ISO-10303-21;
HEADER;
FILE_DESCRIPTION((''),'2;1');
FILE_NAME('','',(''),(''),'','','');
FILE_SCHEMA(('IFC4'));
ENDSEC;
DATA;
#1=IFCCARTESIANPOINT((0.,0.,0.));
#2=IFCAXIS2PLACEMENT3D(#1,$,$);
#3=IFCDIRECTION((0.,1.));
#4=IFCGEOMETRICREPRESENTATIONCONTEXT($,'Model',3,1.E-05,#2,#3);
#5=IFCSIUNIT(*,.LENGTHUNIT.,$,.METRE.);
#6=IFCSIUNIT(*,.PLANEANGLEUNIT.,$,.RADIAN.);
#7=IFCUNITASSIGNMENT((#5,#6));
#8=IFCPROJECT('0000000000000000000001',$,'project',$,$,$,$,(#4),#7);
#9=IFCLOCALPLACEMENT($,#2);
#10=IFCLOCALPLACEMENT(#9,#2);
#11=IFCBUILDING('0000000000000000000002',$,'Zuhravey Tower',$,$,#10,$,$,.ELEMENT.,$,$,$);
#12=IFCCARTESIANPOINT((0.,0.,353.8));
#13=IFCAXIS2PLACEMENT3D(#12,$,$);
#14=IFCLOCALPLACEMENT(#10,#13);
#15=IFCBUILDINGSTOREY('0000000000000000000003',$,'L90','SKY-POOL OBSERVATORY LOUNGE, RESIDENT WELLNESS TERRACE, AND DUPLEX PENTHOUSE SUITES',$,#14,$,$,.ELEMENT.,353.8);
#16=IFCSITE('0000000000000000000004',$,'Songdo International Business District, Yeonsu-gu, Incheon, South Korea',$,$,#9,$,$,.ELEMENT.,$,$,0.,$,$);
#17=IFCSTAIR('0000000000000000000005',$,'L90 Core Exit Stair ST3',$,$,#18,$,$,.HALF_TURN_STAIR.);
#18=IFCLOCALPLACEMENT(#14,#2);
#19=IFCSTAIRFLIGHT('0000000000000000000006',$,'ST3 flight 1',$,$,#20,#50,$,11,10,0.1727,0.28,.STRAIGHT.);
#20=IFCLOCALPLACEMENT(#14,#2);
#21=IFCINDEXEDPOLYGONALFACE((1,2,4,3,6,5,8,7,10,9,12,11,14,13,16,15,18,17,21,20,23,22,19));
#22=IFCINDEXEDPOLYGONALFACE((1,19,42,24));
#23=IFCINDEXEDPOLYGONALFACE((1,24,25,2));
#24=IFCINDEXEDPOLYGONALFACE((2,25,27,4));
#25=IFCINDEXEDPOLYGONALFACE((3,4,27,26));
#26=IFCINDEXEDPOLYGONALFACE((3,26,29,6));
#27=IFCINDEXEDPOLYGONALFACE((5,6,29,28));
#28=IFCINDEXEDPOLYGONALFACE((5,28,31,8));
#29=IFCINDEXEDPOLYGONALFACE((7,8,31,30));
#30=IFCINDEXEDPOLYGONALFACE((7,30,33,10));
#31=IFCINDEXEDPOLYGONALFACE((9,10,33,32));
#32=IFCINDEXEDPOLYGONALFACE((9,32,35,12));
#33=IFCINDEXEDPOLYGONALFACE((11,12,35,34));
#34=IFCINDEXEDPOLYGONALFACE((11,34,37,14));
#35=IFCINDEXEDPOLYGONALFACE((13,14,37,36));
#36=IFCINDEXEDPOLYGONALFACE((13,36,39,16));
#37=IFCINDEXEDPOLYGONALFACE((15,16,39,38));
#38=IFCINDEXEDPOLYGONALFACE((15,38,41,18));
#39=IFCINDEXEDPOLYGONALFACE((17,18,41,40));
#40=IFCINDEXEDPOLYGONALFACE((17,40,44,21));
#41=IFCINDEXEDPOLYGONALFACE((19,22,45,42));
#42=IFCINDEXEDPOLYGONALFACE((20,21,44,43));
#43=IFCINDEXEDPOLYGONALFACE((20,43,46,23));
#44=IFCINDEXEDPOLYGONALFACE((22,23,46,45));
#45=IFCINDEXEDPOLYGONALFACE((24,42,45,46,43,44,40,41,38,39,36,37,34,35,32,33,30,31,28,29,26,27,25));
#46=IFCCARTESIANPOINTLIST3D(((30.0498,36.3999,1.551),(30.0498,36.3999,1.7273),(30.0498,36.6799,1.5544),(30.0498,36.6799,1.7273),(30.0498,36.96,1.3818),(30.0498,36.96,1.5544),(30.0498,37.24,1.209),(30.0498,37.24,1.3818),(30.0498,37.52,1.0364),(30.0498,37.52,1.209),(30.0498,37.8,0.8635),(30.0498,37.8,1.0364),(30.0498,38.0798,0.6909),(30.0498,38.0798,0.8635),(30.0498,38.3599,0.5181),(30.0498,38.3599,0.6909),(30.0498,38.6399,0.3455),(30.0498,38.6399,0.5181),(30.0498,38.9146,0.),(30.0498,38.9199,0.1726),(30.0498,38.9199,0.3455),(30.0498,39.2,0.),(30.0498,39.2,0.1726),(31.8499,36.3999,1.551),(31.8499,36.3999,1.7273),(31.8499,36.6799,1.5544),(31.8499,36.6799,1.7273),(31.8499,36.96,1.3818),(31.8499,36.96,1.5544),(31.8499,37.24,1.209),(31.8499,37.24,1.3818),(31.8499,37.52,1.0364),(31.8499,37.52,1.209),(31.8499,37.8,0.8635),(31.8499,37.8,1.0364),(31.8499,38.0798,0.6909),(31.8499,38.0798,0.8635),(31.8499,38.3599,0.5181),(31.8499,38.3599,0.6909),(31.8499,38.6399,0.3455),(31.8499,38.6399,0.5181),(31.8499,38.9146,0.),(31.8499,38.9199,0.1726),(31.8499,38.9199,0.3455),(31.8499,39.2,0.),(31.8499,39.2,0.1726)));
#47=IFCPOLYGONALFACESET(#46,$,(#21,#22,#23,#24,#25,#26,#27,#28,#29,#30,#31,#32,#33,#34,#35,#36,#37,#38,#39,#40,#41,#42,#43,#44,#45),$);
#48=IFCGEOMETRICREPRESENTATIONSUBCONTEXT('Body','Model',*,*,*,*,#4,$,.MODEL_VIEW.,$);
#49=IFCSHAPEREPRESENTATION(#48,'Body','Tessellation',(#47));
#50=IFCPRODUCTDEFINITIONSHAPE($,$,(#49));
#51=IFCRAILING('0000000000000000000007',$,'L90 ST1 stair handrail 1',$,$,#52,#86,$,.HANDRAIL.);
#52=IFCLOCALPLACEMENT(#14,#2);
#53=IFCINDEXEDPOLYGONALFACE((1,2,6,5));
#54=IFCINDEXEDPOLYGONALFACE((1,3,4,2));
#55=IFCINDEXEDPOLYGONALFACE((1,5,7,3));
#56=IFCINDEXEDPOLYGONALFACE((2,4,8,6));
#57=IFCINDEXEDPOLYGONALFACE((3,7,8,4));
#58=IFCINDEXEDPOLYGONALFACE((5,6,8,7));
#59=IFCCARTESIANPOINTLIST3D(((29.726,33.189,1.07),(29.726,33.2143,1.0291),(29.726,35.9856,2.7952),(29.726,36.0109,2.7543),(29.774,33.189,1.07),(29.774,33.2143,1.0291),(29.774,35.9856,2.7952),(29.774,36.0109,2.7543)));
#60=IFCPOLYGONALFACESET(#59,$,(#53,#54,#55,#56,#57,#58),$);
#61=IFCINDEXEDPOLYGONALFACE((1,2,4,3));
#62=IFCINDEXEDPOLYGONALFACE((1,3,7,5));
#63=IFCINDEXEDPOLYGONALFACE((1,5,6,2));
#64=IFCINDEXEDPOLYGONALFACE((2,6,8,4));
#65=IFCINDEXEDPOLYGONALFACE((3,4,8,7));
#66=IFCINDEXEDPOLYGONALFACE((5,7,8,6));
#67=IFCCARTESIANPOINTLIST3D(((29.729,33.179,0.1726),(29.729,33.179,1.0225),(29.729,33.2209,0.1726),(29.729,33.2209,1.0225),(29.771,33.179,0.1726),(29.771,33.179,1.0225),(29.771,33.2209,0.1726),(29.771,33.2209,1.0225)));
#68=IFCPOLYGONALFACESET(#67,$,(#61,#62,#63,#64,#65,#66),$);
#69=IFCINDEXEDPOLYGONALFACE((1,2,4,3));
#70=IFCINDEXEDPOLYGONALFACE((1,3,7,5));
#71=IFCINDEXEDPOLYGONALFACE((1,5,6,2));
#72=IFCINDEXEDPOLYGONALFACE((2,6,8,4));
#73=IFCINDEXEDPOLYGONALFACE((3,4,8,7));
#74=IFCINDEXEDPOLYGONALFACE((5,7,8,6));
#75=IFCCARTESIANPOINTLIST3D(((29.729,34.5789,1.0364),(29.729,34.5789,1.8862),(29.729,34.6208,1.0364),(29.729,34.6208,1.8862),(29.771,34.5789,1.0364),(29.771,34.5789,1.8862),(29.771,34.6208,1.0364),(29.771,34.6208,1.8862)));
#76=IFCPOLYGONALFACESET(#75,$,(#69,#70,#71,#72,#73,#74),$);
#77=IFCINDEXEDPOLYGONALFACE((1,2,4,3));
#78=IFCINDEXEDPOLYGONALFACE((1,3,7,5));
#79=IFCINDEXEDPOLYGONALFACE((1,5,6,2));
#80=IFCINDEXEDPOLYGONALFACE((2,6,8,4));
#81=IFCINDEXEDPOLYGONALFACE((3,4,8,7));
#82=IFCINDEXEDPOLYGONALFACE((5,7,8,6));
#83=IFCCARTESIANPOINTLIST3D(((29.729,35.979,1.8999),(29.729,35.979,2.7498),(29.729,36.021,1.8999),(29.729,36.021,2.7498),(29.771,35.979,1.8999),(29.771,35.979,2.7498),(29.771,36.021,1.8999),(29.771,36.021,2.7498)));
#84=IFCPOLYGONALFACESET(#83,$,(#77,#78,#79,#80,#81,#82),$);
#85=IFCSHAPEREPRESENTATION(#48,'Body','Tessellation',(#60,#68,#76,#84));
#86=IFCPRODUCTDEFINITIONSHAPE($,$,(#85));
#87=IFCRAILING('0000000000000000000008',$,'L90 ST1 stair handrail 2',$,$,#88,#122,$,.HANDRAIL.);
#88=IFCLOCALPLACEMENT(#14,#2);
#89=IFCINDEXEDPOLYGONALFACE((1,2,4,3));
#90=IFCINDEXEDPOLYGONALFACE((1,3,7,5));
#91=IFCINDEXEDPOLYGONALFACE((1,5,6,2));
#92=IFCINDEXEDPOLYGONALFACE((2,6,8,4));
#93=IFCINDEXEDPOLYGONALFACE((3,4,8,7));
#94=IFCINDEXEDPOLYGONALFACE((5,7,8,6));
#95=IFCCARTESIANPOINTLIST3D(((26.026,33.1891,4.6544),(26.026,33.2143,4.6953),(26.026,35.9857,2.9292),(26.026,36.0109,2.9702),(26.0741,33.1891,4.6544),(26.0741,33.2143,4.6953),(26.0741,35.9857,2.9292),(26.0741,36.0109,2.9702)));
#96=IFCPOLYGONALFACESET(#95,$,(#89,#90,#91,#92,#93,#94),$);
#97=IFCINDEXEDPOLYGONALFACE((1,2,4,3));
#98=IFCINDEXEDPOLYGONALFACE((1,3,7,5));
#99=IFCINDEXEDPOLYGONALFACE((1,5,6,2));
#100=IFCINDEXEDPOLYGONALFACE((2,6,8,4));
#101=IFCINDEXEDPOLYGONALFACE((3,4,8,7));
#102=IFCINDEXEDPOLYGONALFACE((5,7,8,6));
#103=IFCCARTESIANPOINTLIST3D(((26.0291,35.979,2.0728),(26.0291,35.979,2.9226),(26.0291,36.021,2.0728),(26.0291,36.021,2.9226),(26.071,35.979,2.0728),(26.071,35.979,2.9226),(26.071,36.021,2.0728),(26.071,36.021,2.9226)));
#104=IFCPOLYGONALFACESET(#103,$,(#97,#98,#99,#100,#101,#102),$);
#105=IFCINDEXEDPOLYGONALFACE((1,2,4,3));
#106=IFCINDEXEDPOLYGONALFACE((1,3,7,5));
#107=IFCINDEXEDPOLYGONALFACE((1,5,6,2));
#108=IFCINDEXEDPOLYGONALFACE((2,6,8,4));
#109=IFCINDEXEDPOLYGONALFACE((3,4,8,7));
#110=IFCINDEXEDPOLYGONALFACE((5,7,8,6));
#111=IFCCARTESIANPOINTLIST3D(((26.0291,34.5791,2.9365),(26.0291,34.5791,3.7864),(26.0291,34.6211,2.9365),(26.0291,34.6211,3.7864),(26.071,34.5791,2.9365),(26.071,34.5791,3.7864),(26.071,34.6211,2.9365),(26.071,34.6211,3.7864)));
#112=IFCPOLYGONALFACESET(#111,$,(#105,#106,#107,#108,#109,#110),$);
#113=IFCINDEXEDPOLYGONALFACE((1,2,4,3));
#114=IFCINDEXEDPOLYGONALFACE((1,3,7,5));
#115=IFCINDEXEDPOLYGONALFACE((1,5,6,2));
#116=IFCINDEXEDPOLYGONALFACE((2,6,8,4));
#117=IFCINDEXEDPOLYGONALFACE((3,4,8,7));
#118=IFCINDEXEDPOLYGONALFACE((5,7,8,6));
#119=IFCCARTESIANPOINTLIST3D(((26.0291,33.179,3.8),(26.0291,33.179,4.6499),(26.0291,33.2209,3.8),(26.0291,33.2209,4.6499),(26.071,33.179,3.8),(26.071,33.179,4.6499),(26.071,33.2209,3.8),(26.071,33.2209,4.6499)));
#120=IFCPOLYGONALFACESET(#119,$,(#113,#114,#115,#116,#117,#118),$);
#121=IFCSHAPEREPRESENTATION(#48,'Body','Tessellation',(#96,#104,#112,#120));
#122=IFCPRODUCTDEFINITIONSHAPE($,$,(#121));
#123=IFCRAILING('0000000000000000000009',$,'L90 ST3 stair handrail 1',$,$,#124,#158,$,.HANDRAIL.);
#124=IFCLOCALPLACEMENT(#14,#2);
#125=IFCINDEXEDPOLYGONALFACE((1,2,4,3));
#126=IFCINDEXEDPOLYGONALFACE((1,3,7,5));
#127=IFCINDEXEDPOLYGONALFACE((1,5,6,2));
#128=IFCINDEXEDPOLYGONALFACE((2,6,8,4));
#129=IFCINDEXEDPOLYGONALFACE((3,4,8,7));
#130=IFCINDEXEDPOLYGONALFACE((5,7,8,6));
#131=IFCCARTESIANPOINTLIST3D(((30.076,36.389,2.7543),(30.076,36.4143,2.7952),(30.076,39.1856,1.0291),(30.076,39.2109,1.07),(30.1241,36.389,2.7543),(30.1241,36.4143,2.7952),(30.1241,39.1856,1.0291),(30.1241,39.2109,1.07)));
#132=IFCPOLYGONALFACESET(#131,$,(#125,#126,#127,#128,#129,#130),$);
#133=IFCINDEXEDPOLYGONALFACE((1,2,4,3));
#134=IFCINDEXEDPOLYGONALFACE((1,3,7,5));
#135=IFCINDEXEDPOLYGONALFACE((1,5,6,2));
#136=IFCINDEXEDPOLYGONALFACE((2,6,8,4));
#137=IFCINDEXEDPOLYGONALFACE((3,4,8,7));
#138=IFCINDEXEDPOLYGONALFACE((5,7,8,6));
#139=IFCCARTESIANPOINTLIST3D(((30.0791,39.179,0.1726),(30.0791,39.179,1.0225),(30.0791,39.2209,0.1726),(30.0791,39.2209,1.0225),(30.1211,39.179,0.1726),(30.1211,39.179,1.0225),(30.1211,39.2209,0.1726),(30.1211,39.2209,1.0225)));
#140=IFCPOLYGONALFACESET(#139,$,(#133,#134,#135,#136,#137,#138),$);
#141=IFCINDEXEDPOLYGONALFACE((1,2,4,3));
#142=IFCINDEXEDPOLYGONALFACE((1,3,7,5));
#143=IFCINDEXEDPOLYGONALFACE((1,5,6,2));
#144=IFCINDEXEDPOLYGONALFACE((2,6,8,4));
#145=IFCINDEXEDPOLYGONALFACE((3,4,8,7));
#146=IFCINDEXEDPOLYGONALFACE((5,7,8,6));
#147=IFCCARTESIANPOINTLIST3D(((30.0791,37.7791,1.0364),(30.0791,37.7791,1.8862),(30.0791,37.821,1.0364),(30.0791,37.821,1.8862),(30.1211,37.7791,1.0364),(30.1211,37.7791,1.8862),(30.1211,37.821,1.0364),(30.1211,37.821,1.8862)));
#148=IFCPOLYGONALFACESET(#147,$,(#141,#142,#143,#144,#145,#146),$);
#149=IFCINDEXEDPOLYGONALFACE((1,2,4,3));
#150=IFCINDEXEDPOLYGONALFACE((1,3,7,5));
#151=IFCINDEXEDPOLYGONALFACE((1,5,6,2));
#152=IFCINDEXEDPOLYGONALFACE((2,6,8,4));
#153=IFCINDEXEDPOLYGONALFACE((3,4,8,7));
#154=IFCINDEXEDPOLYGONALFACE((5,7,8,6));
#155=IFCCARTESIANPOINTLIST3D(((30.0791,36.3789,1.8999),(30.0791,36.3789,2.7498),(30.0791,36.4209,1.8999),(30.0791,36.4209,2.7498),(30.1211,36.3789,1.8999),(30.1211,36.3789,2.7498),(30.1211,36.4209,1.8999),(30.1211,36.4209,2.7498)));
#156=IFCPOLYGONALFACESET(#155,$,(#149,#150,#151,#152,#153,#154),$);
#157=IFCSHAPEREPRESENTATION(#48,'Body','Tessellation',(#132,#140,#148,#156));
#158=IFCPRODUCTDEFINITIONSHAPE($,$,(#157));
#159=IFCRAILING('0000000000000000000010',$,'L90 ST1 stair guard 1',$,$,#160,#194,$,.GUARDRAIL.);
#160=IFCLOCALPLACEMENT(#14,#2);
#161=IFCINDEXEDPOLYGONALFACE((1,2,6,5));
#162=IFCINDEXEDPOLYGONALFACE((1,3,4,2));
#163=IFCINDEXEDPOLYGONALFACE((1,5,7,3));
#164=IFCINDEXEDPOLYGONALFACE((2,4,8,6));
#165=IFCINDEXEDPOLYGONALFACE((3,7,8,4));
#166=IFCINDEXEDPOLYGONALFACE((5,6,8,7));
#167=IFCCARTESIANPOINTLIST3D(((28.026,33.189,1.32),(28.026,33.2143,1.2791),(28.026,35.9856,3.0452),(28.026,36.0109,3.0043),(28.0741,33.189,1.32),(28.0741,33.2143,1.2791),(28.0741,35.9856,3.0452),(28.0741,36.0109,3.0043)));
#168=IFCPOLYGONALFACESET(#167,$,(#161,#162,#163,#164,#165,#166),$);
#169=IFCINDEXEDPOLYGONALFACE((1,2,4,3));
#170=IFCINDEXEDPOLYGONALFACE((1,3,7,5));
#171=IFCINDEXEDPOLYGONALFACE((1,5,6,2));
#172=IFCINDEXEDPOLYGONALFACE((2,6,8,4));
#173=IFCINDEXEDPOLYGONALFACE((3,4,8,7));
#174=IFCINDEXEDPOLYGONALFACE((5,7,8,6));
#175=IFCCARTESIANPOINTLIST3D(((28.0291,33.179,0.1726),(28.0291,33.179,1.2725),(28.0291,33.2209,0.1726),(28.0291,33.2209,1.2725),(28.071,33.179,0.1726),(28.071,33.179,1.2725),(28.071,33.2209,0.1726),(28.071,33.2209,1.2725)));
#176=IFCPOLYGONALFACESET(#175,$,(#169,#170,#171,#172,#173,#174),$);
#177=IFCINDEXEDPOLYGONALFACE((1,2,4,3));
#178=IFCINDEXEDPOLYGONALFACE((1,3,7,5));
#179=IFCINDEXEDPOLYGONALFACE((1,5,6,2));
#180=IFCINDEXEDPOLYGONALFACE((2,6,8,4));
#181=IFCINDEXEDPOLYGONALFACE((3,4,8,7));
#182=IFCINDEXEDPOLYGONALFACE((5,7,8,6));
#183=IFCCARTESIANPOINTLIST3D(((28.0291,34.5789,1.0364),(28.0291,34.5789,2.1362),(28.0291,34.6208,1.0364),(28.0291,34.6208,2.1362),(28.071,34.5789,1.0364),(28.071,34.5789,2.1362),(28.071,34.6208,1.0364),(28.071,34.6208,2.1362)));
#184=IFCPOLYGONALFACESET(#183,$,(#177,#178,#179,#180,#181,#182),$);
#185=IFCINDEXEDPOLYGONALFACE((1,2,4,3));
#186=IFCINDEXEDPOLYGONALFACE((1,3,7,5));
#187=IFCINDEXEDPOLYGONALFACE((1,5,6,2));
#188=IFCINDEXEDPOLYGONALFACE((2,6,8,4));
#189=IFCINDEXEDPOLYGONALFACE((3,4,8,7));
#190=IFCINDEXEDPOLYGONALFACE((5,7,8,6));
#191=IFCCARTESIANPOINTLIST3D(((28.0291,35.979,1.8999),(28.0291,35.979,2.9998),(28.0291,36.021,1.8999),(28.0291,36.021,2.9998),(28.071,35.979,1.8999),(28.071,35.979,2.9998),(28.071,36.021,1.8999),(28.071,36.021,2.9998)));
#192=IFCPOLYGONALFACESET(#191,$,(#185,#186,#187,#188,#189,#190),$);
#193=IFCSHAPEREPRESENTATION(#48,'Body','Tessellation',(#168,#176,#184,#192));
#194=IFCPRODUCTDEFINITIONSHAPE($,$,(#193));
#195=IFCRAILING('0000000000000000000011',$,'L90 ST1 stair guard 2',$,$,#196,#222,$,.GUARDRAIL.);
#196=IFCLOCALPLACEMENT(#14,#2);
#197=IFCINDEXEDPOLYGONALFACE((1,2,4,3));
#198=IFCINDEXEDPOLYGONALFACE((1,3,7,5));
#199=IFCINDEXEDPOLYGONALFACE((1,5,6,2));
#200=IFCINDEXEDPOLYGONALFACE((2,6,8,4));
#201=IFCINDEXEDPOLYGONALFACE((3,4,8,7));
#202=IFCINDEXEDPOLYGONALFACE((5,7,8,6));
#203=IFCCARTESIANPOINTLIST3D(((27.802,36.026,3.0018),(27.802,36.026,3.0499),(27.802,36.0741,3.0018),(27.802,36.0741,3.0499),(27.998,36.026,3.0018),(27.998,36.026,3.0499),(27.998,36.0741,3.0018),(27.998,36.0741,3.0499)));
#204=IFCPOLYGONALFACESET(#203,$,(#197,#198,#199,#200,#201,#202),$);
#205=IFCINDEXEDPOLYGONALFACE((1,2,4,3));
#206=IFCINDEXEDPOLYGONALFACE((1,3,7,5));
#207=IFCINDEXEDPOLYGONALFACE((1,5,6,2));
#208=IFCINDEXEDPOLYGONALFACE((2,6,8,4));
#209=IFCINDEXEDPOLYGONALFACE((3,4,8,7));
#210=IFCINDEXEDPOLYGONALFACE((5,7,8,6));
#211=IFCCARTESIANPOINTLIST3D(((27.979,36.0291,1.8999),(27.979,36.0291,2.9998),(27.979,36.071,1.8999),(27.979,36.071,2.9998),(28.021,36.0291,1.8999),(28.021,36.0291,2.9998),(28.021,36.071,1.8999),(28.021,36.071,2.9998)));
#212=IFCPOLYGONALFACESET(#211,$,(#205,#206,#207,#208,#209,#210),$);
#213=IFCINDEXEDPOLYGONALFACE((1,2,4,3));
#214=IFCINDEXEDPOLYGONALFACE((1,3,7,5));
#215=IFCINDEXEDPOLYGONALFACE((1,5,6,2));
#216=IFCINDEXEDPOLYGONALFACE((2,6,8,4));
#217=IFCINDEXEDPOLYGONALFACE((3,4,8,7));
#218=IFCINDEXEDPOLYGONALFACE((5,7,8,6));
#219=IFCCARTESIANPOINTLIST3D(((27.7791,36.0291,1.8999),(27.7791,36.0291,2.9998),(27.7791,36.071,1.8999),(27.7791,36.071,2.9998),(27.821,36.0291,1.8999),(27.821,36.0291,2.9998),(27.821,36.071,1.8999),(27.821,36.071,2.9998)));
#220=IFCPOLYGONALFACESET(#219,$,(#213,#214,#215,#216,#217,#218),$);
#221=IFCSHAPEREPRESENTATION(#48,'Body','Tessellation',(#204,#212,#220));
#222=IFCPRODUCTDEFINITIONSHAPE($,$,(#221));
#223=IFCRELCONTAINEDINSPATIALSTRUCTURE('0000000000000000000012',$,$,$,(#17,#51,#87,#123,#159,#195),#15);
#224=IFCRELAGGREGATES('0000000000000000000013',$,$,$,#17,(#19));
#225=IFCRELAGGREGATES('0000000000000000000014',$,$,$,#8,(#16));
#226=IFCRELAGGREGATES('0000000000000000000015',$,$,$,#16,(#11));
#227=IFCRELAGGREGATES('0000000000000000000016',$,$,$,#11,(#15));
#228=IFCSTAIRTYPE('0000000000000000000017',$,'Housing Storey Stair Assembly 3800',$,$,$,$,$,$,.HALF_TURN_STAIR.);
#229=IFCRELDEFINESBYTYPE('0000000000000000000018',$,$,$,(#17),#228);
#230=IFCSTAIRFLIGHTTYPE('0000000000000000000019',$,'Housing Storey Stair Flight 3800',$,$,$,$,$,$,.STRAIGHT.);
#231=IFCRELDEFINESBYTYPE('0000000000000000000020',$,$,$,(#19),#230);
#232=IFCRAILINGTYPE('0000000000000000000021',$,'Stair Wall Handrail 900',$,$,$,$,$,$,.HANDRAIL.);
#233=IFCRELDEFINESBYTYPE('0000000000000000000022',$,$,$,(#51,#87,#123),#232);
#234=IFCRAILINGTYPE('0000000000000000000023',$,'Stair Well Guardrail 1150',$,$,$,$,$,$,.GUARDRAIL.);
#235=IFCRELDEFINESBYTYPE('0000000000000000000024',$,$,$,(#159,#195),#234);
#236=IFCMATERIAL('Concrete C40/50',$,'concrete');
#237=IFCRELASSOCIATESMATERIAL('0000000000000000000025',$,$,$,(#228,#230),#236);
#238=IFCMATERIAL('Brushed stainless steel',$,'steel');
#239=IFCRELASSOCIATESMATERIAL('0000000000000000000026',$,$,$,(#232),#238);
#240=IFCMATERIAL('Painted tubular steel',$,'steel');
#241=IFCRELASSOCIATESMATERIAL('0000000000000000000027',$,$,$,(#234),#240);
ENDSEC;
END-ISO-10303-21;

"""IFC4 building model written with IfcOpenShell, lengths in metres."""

from ifc_helpers import new_model, si_unit, direction, frame, origin, origin_2d, place, context, subcontext, project, spatial, polyline, rectangle, outline, extrude, material, type_object, element, aggregate, save


model = new_model("IFC4")

# Units and contexts
model_context = context("Model", 3, precision=1e-05, world=origin(), true_north=direction((0.0, 1.0)))
body_context = subcontext(model_context, "Body", "Model", "MODEL_VIEW")
ifc_project = project(units=[si_unit("LENGTHUNIT", "METRE"), si_unit("PLANEANGLEUNIT", "RADIAN")], contexts=[model_context])

# Site, building, storey
site_placement = place(None, origin())
site = spatial("IfcSite", under=ifc_project, at=site_placement, Name="Songdo International Business District, Yeonsu-gu, Incheon, South Korea", CompositionType="ELEMENT", RefElevation=0.0)
building_placement = place(site_placement, origin())
building = spatial("IfcBuilding", under=site, at=building_placement, Name="Zuhravey Tower", CompositionType="ELEMENT")
storey_placement = place(building_placement, frame((0.0, 0.0, 353.8)))
storey = spatial("IfcBuildingStorey", under=building, at=storey_placement, Name="L90", Description="SKY-POOL OBSERVATORY LOUNGE, RESIDENT WELLNESS TERRACE, AND DUPLEX PENTHOUSE SUITES", CompositionType="ELEMENT", Elevation=353.8)

# Shared definitions
ifc_material_1 = material(Name="Concrete C40/50", Category="concrete")
stair_type = type_object("IfcStairType", Name="Housing Storey Stair Assembly 3800", PredefinedType="HALF_TURN_STAIR", material=ifc_material_1)
stair_flight_type = type_object("IfcStairFlightType", Name="Housing Storey Stair Flight 3800", PredefinedType="STRAIGHT", material=ifc_material_1)

# Stair, stair flight
stair_1_placement = place(storey_placement, origin())
stair_1 = element("IfcStair", 1, at=stair_1_placement, inside=storey, type_object=stair_type, Name="L90 Core Exit Stair ST3", PredefinedType="HALF_TURN_STAIR")
stair_flight_1_placement = place(storey_placement, frame((30.95, 39.2, 0.0), z_axis=(0.0, 0.0, 1.0), x_axis=(0.0, -1.0, 0.0)))
stair_flight_1 = element("IfcStairFlight", 2, at=stair_flight_1_placement, type_object=stair_flight_type, Name="ST3 flight 1", NumberOfRisers=11, NumberOfTreads=10, PredefinedType="STRAIGHT", RiserHeight=0.1727, TreadLength=0.28, context=body_context, shape_type="SweptSolid", body=[
    extrude(outline(polyline([(0.0, 0.0), (0.0, 0.1726), (0.28, 0.1726), (0.28, 0.3455), (0.5601, 0.3455), (0.5601, 0.5181), (0.8401, 0.5181), (0.8401, 0.6909), (1.1201, 0.6909), (1.1201, 0.8635), (1.3999, 0.8635), (1.3999, 1.0364), (1.6799, 1.0364), (1.6799, 1.209), (1.96, 1.209), (1.96, 1.3818), (2.24, 1.3818), (2.24, 1.5544), (2.52, 1.5544), (2.52, 1.7273), (2.8, 1.7273), (2.8, 1.8999), (2.8, 1.551), (0.2854, 0.0), (0.0, 0.0)])), frame((0.0, 0.8999, 0.0), z_axis=(0.0, -1.0, 0.0), x_axis=(1.0, 0.0, 0.0)), (0.0, 0.0, 1.0), 1.8),
])
aggregate(stair_1, [stair_flight_1])

# Railings
ifc_material_2 = material(Name="Brushed stainless steel", Category="steel")
railing_type_1 = type_object("IfcRailingType", Name="Stair Wall Handrail 900", PredefinedType="HANDRAIL", material=ifc_material_2)
railing_1_placement = place(storey_placement, frame((29.75, 33.2, 0.1726)))
element("IfcRailing", 3, at=railing_1_placement, inside=storey, type_object=railing_type_1, Name="L90 ST1 stair handrail 1", PredefinedType="HANDRAIL", context=body_context, shape_type="SweptSolid", body=[
    extrude(rectangle(XDim=0.0481, YDim=0.0481, at=origin_2d()), frame((0.0, 0.0017, 0.877), z_axis=(0.0, 0.85109, 0.52502), x_axis=(-1.0, 0.0, 0.0)), (0.0, 0.0, 1.0), 3.2859),
    extrude(rectangle(XDim=0.042, YDim=0.042, at=origin_2d()), origin(), (0.0, 0.0, 1.0), 0.8499),
    extrude(rectangle(XDim=0.042, YDim=0.042, at=origin_2d()), frame((0.0, 1.3999, 0.8638)), (0.0, 0.0, 1.0), 0.8499),
    extrude(rectangle(XDim=0.042, YDim=0.042, at=origin_2d()), frame((0.0, 2.8, 1.7273)), (0.0, 0.0, 1.0), 0.8499),
])
for number, where, name in (
    (4, (26.05, 36.0, 2.0728), "L90 ST1 stair handrail 2"),
    (5, (30.1001, 39.2, 0.1726), "L90 ST3 stair handrail 1"),
):
    element("IfcRailing", number, at=place(storey_placement, frame(where)), inside=storey, type_object=railing_type_1, Name=name, PredefinedType="HANDRAIL", context=body_context, shape_type="SweptSolid", body=[
        extrude(rectangle(XDim=0.0481, YDim=0.0481, at=origin_2d()), frame((0.0, -0.0017, 0.877), z_axis=(0.0, -0.85109, 0.52502), x_axis=(1.0, 0.0, 0.0)), (0.0, 0.0, 1.0), 3.2859),
        extrude(rectangle(XDim=0.042, YDim=0.042, at=origin_2d()), origin(), (0.0, 0.0, 1.0), 0.8499),
        extrude(rectangle(XDim=0.042, YDim=0.042, at=origin_2d()), frame((0.0, -1.3999, 0.8638)), (0.0, 0.0, 1.0), 0.8499),
        extrude(rectangle(XDim=0.042, YDim=0.042, at=origin_2d()), frame((0.0, -2.8, 1.7273)), (0.0, 0.0, 1.0), 0.8499),
    ])
ifc_material_3 = material(Name="Painted tubular steel", Category="steel")
railing_type_2 = type_object("IfcRailingType", Name="Stair Well Guardrail 1150", PredefinedType="GUARDRAIL", material=ifc_material_3)
railing_2_placement = place(storey_placement, frame((28.05, 33.2, 0.1726)))
element("IfcRailing", 6, at=railing_2_placement, inside=storey, type_object=railing_type_2, Name="L90 ST1 stair guard 1", PredefinedType="GUARDRAIL", context=body_context, shape_type="SweptSolid", body=[
    extrude(rectangle(XDim=0.0481, YDim=0.0481, at=origin_2d()), frame((0.0, 0.0017, 1.127), z_axis=(0.0, 0.85109, 0.52502), x_axis=(-1.0, 0.0, 0.0)), (0.0, 0.0, 1.0), 3.2859),
    extrude(rectangle(XDim=0.042, YDim=0.042, at=origin_2d()), origin(), (0.0, 0.0, 1.0), 1.0999),
    extrude(rectangle(XDim=0.042, YDim=0.042, at=origin_2d()), frame((0.0, 1.3999, 0.8638)), (0.0, 0.0, 1.0), 1.0999),
    extrude(rectangle(XDim=0.042, YDim=0.042, at=origin_2d()), frame((0.0, 2.8, 1.7273)), (0.0, 0.0, 1.0), 1.0999),
])
railing_3_placement = place(storey_placement, frame((28.0, 36.05, 1.8999)))
element("IfcRailing", 7, at=railing_3_placement, inside=storey, type_object=railing_type_2, Name="L90 ST1 stair guard 2", PredefinedType="GUARDRAIL", context=body_context, shape_type="SweptSolid", body=[
    extrude(rectangle(XDim=0.0481, YDim=0.0481, at=origin_2d()), frame((-0.002, 0.0, 1.126), z_axis=(-1.0, 0.0, 0.0), x_axis=(0.0, -1.0, 0.0)), (0.0, 0.0, 1.0), 0.196),
    extrude(rectangle(XDim=0.042, YDim=0.042, at=origin_2d()), origin(), (0.0, 0.0, 1.0), 1.0999),
    extrude(rectangle(XDim=0.042, YDim=0.042, at=origin_2d()), frame((-0.2, 0.0, 0.0)), (0.0, 0.0, 1.0), 1.0999),
])

save(model, "model.ifc")
